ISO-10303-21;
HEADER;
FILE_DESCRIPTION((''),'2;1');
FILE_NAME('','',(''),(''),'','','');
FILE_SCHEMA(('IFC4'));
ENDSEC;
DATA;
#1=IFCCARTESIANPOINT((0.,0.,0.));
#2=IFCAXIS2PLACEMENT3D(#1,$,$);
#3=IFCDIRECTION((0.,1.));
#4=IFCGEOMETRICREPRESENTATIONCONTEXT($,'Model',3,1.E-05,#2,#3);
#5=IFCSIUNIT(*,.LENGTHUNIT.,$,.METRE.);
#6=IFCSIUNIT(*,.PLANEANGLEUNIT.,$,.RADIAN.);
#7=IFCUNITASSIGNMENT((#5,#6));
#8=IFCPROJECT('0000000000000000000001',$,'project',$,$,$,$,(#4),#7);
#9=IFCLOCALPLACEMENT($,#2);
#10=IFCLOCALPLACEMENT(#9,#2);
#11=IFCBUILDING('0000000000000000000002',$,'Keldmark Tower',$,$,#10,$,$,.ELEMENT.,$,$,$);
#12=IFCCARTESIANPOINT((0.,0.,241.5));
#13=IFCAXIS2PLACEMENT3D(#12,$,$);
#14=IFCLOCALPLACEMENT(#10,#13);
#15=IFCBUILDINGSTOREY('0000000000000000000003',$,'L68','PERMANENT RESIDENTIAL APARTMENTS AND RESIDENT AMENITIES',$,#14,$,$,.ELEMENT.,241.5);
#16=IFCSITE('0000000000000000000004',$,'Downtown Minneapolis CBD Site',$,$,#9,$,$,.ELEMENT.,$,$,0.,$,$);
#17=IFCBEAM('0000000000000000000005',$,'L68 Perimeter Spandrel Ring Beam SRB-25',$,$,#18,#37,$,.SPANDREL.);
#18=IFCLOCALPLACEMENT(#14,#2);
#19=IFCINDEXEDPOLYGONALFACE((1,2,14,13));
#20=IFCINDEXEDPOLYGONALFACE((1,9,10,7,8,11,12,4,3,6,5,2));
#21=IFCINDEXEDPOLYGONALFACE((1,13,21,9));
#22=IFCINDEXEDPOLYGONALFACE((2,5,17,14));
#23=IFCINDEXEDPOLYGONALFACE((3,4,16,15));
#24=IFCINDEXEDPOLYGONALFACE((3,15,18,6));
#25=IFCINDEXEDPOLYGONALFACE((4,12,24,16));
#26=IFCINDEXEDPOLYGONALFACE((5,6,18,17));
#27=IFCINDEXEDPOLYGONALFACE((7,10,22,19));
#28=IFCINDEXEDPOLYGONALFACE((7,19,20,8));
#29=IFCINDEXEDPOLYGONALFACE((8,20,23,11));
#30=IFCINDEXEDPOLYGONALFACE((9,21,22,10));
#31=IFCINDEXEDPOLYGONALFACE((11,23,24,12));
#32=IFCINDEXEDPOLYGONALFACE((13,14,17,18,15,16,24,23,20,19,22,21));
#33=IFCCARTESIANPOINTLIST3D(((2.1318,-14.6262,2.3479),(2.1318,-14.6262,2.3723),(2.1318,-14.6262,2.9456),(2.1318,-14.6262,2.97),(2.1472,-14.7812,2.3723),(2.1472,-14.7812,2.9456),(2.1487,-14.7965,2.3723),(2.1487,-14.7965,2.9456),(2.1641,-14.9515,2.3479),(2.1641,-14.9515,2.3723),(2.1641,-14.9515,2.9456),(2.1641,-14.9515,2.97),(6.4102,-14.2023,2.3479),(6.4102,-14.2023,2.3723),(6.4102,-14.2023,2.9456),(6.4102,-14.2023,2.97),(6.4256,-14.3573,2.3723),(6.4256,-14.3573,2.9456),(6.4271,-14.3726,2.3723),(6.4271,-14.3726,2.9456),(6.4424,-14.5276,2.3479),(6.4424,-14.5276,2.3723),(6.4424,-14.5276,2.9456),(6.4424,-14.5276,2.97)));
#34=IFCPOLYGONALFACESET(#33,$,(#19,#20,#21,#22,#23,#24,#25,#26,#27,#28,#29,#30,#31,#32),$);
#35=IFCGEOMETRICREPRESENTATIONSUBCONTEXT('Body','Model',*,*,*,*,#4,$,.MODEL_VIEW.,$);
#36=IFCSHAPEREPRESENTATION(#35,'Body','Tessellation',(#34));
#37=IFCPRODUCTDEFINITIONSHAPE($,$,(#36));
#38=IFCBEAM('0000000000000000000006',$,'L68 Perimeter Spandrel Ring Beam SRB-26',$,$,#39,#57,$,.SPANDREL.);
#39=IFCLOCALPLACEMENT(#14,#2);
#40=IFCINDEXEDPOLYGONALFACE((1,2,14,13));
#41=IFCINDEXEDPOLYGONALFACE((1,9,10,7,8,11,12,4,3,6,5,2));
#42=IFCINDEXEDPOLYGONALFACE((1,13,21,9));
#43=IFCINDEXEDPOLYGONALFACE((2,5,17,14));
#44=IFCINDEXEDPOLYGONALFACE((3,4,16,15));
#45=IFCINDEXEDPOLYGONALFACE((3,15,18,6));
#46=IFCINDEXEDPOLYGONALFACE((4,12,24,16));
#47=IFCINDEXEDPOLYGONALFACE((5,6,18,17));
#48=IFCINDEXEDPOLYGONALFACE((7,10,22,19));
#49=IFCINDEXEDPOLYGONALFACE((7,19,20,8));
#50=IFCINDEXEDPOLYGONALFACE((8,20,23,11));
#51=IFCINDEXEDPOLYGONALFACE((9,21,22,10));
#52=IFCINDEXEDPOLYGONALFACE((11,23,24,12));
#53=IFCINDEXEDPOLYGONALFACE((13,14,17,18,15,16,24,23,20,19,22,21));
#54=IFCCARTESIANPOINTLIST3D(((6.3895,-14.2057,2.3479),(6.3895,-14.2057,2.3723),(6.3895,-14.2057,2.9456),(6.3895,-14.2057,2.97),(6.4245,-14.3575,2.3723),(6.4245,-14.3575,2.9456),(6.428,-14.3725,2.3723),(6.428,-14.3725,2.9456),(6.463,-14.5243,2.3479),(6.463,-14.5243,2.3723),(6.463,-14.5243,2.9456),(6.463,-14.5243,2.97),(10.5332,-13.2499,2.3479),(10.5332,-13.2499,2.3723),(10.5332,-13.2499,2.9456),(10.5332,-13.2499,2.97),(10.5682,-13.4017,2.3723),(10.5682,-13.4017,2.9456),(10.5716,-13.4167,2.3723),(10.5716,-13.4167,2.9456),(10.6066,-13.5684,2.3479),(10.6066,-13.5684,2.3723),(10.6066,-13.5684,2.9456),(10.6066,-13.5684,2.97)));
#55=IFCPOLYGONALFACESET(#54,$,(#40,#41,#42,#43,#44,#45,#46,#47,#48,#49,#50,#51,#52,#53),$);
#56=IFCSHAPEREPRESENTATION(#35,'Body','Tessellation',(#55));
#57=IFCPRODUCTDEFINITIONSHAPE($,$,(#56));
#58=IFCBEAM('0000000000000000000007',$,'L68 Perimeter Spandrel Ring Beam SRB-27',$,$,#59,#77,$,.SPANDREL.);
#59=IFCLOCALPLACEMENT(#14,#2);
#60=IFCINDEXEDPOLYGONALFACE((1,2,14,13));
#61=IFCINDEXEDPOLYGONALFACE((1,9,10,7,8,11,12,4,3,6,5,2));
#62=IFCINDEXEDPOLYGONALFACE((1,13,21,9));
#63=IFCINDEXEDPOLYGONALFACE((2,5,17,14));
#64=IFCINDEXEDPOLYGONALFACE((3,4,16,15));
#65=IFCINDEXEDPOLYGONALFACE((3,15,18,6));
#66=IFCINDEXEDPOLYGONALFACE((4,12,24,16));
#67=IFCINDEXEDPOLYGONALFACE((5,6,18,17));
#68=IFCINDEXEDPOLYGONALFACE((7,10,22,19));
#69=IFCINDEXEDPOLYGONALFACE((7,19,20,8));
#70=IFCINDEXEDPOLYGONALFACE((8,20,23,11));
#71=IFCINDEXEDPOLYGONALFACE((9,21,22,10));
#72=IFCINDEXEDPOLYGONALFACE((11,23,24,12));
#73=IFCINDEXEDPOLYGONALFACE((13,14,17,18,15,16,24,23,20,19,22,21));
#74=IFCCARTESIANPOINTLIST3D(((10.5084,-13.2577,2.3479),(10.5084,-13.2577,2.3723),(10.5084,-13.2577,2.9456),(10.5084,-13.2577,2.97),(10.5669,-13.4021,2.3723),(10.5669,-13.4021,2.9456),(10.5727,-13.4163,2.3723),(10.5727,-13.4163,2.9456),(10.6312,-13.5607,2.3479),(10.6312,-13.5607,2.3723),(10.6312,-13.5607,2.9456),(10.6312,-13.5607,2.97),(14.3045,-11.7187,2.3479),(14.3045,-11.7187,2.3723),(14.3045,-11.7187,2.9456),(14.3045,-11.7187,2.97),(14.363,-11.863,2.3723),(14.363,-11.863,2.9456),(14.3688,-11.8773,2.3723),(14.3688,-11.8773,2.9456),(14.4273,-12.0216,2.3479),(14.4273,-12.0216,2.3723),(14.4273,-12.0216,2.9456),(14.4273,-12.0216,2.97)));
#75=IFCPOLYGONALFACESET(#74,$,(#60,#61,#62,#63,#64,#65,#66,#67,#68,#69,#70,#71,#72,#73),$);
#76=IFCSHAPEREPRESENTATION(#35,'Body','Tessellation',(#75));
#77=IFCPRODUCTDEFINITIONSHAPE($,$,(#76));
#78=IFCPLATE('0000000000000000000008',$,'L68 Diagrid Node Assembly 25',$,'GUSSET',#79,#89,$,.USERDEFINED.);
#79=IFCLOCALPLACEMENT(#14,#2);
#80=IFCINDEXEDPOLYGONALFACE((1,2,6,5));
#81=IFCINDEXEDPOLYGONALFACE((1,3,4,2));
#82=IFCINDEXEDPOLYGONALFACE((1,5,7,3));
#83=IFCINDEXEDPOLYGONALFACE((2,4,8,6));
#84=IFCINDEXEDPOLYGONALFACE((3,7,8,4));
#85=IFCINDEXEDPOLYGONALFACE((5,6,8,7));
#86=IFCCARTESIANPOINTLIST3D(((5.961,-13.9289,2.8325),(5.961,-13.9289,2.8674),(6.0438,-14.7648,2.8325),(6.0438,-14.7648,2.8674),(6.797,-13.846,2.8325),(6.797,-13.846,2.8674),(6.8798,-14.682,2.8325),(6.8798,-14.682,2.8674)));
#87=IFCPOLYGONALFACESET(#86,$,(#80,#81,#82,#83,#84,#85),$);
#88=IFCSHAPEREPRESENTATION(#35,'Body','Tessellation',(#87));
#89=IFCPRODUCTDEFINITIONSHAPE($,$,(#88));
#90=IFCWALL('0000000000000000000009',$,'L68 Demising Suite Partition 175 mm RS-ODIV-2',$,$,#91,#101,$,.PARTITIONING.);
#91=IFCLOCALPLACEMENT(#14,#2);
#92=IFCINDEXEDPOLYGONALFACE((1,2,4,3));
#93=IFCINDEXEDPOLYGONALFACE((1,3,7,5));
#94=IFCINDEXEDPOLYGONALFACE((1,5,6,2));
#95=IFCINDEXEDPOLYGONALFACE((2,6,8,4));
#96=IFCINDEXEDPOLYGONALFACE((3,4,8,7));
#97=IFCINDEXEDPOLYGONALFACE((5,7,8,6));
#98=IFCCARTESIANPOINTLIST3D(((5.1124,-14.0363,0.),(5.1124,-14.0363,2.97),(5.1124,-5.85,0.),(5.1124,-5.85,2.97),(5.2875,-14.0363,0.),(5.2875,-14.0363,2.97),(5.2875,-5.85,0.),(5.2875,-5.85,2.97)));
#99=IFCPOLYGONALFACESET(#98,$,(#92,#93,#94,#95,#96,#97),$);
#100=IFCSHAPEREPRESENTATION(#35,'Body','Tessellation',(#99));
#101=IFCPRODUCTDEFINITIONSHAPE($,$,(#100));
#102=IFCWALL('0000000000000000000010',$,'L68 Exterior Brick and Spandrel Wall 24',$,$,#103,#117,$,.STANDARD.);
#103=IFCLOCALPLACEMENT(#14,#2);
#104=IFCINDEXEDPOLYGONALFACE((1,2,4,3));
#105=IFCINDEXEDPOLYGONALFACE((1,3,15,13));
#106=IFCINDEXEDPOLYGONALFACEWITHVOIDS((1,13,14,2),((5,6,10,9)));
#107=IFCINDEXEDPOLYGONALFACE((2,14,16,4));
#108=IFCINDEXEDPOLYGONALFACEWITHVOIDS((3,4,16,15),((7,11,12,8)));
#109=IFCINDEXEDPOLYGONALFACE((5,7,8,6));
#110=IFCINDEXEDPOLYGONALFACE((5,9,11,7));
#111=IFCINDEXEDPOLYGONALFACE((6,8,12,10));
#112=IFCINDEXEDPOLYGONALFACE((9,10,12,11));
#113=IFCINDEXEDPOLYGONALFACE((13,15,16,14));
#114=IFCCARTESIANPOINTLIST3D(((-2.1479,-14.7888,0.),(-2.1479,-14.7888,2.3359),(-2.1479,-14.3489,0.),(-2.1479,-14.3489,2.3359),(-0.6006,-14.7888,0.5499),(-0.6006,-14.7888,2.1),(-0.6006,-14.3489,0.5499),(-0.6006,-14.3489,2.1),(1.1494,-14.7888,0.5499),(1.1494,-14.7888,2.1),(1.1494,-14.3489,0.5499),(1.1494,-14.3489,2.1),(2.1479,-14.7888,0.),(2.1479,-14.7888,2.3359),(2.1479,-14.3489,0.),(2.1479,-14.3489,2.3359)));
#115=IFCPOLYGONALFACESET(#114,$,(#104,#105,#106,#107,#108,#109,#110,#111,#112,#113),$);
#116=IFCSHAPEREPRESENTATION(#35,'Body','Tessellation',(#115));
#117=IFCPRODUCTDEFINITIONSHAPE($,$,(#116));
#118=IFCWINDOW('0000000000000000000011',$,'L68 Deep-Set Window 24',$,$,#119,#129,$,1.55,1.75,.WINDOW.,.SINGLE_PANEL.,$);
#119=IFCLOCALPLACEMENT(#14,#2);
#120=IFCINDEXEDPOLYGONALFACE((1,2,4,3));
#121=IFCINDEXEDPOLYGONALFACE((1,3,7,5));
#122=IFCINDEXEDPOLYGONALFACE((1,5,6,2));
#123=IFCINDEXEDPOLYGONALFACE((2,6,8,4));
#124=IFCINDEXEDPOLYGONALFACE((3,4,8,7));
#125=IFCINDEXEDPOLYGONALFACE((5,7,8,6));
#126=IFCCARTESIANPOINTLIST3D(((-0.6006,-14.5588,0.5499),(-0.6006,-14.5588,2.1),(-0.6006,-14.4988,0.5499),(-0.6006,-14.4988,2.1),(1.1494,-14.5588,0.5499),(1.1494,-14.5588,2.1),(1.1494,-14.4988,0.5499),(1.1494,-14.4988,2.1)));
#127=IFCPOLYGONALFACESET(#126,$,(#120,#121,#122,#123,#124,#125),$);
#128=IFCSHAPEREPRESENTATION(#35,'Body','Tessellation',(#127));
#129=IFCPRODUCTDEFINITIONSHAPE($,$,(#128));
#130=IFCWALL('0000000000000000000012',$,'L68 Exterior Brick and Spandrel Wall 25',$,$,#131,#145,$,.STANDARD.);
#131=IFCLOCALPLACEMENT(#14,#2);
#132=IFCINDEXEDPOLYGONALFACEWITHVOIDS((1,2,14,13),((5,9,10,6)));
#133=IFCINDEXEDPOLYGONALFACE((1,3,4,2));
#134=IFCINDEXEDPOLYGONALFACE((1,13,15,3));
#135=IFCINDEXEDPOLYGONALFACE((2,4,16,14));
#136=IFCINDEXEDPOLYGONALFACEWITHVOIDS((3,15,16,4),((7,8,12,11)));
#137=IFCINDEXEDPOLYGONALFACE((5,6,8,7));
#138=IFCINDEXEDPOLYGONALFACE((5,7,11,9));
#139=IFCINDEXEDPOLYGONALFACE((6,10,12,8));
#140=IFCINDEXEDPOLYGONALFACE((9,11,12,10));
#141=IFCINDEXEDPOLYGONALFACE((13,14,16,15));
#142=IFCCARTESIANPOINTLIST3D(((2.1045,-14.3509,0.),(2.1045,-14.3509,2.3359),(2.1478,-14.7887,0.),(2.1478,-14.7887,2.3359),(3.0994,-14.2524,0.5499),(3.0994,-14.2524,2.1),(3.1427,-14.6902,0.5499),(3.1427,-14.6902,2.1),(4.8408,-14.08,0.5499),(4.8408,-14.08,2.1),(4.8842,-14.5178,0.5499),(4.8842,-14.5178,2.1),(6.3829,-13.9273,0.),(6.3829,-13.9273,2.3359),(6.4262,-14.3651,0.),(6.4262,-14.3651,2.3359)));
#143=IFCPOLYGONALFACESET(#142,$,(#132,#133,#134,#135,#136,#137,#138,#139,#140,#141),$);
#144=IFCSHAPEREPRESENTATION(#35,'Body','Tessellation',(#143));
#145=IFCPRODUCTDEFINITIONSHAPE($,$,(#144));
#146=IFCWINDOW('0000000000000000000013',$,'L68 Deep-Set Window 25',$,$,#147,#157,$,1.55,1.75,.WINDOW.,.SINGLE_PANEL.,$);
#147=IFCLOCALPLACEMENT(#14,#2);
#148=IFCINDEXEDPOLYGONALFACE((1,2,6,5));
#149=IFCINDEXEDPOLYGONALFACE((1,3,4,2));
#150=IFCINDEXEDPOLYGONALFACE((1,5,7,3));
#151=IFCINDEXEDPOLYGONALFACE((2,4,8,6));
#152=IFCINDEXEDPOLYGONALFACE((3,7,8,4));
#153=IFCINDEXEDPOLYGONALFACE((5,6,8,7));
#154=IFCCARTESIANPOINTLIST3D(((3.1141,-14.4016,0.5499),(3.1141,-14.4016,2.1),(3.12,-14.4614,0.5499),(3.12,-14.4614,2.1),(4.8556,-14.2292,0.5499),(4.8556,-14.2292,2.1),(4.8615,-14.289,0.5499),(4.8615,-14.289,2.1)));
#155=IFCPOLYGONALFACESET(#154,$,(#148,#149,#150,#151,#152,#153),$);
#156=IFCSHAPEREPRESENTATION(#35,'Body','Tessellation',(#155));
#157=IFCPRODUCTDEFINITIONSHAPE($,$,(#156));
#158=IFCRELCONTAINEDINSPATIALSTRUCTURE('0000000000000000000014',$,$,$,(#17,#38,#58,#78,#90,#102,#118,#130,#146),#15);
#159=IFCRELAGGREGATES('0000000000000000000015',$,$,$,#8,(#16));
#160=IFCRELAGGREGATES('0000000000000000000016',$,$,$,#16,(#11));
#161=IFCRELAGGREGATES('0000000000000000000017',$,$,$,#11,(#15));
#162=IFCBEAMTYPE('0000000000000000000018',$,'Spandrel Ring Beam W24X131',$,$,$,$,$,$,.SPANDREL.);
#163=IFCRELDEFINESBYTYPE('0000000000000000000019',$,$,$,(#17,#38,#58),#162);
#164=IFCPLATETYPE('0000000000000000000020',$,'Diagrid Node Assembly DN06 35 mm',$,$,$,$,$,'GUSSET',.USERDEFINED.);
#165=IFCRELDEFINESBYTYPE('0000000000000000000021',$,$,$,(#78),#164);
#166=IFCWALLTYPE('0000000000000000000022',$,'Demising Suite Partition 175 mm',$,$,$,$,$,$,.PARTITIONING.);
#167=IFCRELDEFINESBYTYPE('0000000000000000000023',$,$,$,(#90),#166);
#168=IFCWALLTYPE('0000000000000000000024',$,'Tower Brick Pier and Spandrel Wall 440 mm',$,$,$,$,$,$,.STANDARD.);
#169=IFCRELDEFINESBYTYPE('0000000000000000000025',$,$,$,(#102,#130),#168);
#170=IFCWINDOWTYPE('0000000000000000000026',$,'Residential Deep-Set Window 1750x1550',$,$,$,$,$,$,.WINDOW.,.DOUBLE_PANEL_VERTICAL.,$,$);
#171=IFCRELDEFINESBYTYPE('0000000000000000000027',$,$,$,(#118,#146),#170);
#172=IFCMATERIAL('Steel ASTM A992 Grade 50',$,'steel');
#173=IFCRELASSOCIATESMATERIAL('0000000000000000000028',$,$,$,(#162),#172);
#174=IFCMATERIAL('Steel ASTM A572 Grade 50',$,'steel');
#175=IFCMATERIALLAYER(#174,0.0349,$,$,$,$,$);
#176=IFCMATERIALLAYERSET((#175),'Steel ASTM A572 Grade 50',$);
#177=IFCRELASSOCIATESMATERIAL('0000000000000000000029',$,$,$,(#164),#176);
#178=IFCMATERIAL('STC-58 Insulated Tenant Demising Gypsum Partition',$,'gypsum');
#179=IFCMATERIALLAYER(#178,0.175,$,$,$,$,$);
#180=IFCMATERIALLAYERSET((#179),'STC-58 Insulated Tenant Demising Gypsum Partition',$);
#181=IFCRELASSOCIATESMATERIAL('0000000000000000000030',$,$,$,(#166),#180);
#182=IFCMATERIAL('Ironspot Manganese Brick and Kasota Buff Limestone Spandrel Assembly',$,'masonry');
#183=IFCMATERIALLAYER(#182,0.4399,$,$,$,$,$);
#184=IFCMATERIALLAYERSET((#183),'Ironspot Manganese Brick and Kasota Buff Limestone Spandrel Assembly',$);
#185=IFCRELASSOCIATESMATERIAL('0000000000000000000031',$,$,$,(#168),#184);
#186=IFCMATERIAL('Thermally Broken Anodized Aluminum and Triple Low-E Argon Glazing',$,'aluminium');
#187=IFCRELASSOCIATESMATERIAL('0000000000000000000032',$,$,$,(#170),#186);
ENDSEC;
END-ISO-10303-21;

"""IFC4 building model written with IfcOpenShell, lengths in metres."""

from ifc_helpers import new_model, si_unit, direction, frame, frame_2d, origin, origin_2d, place, context, subcontext, project, spatial, rectangle, i_section, extrude, material, layer, layer_set, material_profile, profile_set, type_object, element, fill, save


model = new_model("IFC4")

# Units and contexts
model_context = context("Model", 3, precision=1e-05, world=origin(), true_north=direction((0.0, 1.0)))
body_context = subcontext(model_context, "Body", "Model", "MODEL_VIEW")
ifc_project = project(units=[si_unit("LENGTHUNIT", "METRE"), si_unit("PLANEANGLEUNIT", "RADIAN")], contexts=[model_context])

# Site, building, storey
site_placement = place(None, origin())
site = spatial("IfcSite", under=ifc_project, at=site_placement, Name="Downtown Minneapolis CBD Site", CompositionType="ELEMENT", RefElevation=0.0)
building_placement = place(site_placement, origin())
building = spatial("IfcBuilding", under=site, at=building_placement, Name="Keldmark Tower", CompositionType="ELEMENT")
storey_placement = place(building_placement, frame((0.0, 0.0, 241.5)))
storey = spatial("IfcBuildingStorey", under=building, at=storey_placement, Name="L68", Description="PERMANENT RESIDENTIAL APARTMENTS AND RESIDENT AMENITIES", CompositionType="ELEMENT", Elevation=241.5)

# Beams
ifc_material_1 = material(Name="Steel ASTM A992 Grade 50", Category="steel")
ifc_material_profile_1 = material_profile(ifc_material_1, i_section(OverallWidth=0.3269, OverallDepth=0.6221, WebThickness=0.0154, FlangeThickness=0.0244, at=origin_2d()), Name="W24X131")
ifc_profile_set_1 = profile_set([ifc_material_profile_1], Name="Steel ASTM A992 Grade 50")
beam_type_1 = type_object("IfcBeamType", Name="Spandrel Ring Beam W24X131", PredefinedType="SPANDREL", material=ifc_profile_set_1)
beam_1_placement = place(storey_placement, frame((2.1479, -14.7888, 2.6589), z_axis=(0.995129, 0.098582, 0.0), x_axis=(-0.098582, 0.995129, 0.0)))
element("IfcBeam", 1, at=beam_1_placement, inside=storey, type_object=beam_type_1, Name="L68 Perimeter Spandrel Ring Beam SRB-25", PredefinedType="SPANDREL", context=body_context, shape_type="SweptSolid", body=[
    extrude(i_section(OverallWidth=0.3269, OverallDepth=0.6221, WebThickness=0.0154, FlangeThickness=0.0244, at=origin_2d()), origin(), (0.0, 0.0, 1.0), 4.2993),
])
beam_2_placement = place(storey_placement, frame((6.4263, -14.365, 2.6589), z_axis=(0.974412, 0.224771, 0.0), x_axis=(-0.224771, 0.974412, 0.0)))
element("IfcBeam", 2, at=beam_2_placement, inside=storey, type_object=beam_type_1, Name="L68 Perimeter Spandrel Ring Beam SRB-26", PredefinedType="SPANDREL", context=body_context, shape_type="SweptSolid", body=[
    extrude(i_section(OverallWidth=0.3269, OverallDepth=0.6221, WebThickness=0.0154, FlangeThickness=0.0244, at=origin_2d()), origin(), (0.0, 0.0, 1.0), 4.2524),
])
beam_3_placement = place(storey_placement, frame((10.5698, -13.4092, 2.6589), z_axis=(0.926732, 0.375723, 0.0), x_axis=(-0.375723, 0.926732, 0.0)))
element("IfcBeam", 3, at=beam_3_placement, inside=storey, type_object=beam_type_1, Name="L68 Perimeter Spandrel Ring Beam SRB-27", PredefinedType="SPANDREL", context=body_context, shape_type="SweptSolid", body=[
    extrude(i_section(OverallWidth=0.3269, OverallDepth=0.6221, WebThickness=0.0154, FlangeThickness=0.0244, at=origin_2d()), origin(), (0.0, 0.0, 1.0), 4.0962),
])

# Plate
ifc_material_2 = material(Name="Steel ASTM A572 Grade 50", Category="steel")
ifc_layer_1 = layer(ifc_material_2, 0.0349)
ifc_layer_set_1 = layer_set([ifc_layer_1], Name="Steel ASTM A572 Grade 50")
plate_type = type_object("IfcPlateType", Name="Diagrid Node Assembly DN06 35 mm", ElementType="GUSSET", PredefinedType="USERDEFINED", material=ifc_layer_set_1)
plate_placement = place(storey_placement, frame((6.4204, -14.3054, 2.8325), z_axis=(0.0, 0.0, 1.0), x_axis=(0.995125, 0.098625, 0.0)))
element("IfcPlate", 4, at=plate_placement, inside=storey, type_object=plate_type, Name="L68 Diagrid Node Assembly 25", ObjectType="GUSSET", PredefinedType="USERDEFINED", context=body_context, shape_type="SweptSolid", body=[
    extrude(rectangle(XDim=0.8401, YDim=0.8401, at=origin_2d()), origin(), (0.0, 0.0, 1.0), 0.0349),
])

# Wall
ifc_material_3 = material(Name="STC-58 Insulated Tenant Demising Gypsum Partition", Category="gypsum")
ifc_layer_2 = layer(ifc_material_3, 0.175)
ifc_layer_set_2 = layer_set([ifc_layer_2], Name="STC-58 Insulated Tenant Demising Gypsum Partition")
wall_type_1 = type_object("IfcWallType", Name="Demising Suite Partition 175 mm", PredefinedType="PARTITIONING", material=ifc_layer_set_2)
wall_1_placement = place(storey_placement, frame((5.2, -14.0364, 0.0), z_axis=(0.0, 0.0, 1.0), x_axis=(0.0, 1.0, 0.0)))
element("IfcWall", 5, at=wall_1_placement, inside=storey, type_object=wall_type_1, Name="L68 Demising Suite Partition 175 mm RS-ODIV-2", PredefinedType="PARTITIONING", context=body_context, shape_type="SweptSolid", body=[
    extrude(rectangle(XDim=8.1863, YDim=0.175, at=frame_2d((4.0933, 0.0))), origin(), (0.0, 0.0, 1.0), 2.97),
])

# Walls, openings, windows
ifc_material_4 = material(Name="Ironspot Manganese Brick and Kasota Buff Limestone Spandrel Assembly", Category="masonry")
ifc_layer_3 = layer(ifc_material_4, 0.4399)
ifc_layer_set_3 = layer_set([ifc_layer_3], Name="Ironspot Manganese Brick and Kasota Buff Limestone Spandrel Assembly")
wall_type_2 = type_object("IfcWallType", Name="Tower Brick Pier and Spandrel Wall 440 mm", PredefinedType="STANDARD", material=ifc_layer_set_3)
wall_2_placement = place(storey_placement, frame((2.1479, -14.5688, 0.0), z_axis=(0.0, 0.0, 1.0), x_axis=(-1.0, 0.0, 0.0)))
wall_2 = element("IfcWall", 6, at=wall_2_placement, inside=storey, type_object=wall_type_2, Name="L68 Exterior Brick and Spandrel Wall 24", PredefinedType="STANDARD", context=body_context, shape_type="SweptSolid", body=[
    extrude(rectangle(XDim=4.2959, YDim=0.4399, at=frame_2d((2.1479, 0.0))), origin(), (0.0, 0.0, 1.0), 2.3359),
])
opening_1_placement = place(wall_2_placement, frame((0.9985, 0.0, 0.55)))
opening_1 = element("IfcOpeningElement", 7, at=opening_1_placement, cuts=wall_2, PredefinedType="OPENING", context=body_context, shape_type="SweptSolid", body=[
    extrude(rectangle(XDim=1.75, YDim=1.55, at=frame_2d((0.875, 0.7749))), frame((0.0, 0.23, 0.0), z_axis=(0.0, -1.0, 0.0), x_axis=(1.0, 0.0, 0.0)), (0.0, 0.0, 1.0), 0.46),
])
ifc_material_5 = material(Name="Thermally Broken Anodized Aluminum and Triple Low-E Argon Glazing", Category="aluminium")
window_type_1 = type_object("IfcWindowType", Name="Residential Deep-Set Window 1750x1550", PartitioningType="DOUBLE_PANEL_VERTICAL", PredefinedType="WINDOW", material=ifc_material_5)
window_1_placement = place(opening_1_placement, origin())
window_1 = element("IfcWindow", 8, at=window_1_placement, inside=storey, type_object=window_type_1, Name="L68 Deep-Set Window 24", OverallHeight=1.55, OverallWidth=1.75, PartitioningType="SINGLE_PANEL", PredefinedType="WINDOW", context=body_context, shape_type="SweptSolid", body=[
    extrude(rectangle(XDim=1.75, YDim=1.55, at=frame_2d((0.875, 0.7749))), frame((0.0, -0.01, 0.0), z_axis=(0.0, -1.0, 0.0), x_axis=(1.0, 0.0, 0.0)), (0.0, 0.0, 1.0), 0.0601),
])
fill(opening_1, window_1)
wall_3_placement = place(storey_placement, frame((6.4045, -14.1462, 0.0), z_axis=(0.0, 0.0, 1.0), x_axis=(-0.995135, -0.098525, 0.0)))
wall_3 = element("IfcWall", 9, at=wall_3_placement, inside=storey, type_object=wall_type_2, Name="L68 Exterior Brick and Spandrel Wall 25", PredefinedType="STANDARD", context=body_context, shape_type="SweptSolid", body=[
    extrude(rectangle(XDim=4.2993, YDim=0.4399, at=frame_2d((2.1497, 0.0))), origin(), (0.0, 0.0, 1.0), 2.3359),
])
opening_2_placement = place(wall_3_placement, frame((1.5496, 0.0, 0.55)))
opening_2 = element("IfcOpeningElement", 10, at=opening_2_placement, cuts=wall_3, PredefinedType="OPENING", context=body_context, shape_type="SweptSolid", body=[
    extrude(rectangle(XDim=1.75, YDim=1.55, at=frame_2d((0.875, 0.7749))), frame((0.0, 0.23, 0.0), z_axis=(0.0, -1.0, 0.0), x_axis=(1.0, 0.0, 0.0)), (0.0, 0.0, 1.0), 0.46),
])
window_2_placement = place(opening_2_placement, origin())
window_2 = element("IfcWindow", 11, at=window_2_placement, inside=storey, type_object=window_type_1, Name="L68 Deep-Set Window 25", OverallHeight=1.55, OverallWidth=1.75, PartitioningType="SINGLE_PANEL", PredefinedType="WINDOW", context=body_context, shape_type="SweptSolid", body=[
    extrude(rectangle(XDim=1.75, YDim=1.55, at=frame_2d((0.875, 0.7749))), frame((0.0, -0.01, 0.0), z_axis=(0.0, -1.0, 0.0), x_axis=(1.0, 0.0, 0.0)), (0.0, 0.0, 1.0), 0.0601),
])
fill(opening_2, window_2)

save(model, "model.ifc")
